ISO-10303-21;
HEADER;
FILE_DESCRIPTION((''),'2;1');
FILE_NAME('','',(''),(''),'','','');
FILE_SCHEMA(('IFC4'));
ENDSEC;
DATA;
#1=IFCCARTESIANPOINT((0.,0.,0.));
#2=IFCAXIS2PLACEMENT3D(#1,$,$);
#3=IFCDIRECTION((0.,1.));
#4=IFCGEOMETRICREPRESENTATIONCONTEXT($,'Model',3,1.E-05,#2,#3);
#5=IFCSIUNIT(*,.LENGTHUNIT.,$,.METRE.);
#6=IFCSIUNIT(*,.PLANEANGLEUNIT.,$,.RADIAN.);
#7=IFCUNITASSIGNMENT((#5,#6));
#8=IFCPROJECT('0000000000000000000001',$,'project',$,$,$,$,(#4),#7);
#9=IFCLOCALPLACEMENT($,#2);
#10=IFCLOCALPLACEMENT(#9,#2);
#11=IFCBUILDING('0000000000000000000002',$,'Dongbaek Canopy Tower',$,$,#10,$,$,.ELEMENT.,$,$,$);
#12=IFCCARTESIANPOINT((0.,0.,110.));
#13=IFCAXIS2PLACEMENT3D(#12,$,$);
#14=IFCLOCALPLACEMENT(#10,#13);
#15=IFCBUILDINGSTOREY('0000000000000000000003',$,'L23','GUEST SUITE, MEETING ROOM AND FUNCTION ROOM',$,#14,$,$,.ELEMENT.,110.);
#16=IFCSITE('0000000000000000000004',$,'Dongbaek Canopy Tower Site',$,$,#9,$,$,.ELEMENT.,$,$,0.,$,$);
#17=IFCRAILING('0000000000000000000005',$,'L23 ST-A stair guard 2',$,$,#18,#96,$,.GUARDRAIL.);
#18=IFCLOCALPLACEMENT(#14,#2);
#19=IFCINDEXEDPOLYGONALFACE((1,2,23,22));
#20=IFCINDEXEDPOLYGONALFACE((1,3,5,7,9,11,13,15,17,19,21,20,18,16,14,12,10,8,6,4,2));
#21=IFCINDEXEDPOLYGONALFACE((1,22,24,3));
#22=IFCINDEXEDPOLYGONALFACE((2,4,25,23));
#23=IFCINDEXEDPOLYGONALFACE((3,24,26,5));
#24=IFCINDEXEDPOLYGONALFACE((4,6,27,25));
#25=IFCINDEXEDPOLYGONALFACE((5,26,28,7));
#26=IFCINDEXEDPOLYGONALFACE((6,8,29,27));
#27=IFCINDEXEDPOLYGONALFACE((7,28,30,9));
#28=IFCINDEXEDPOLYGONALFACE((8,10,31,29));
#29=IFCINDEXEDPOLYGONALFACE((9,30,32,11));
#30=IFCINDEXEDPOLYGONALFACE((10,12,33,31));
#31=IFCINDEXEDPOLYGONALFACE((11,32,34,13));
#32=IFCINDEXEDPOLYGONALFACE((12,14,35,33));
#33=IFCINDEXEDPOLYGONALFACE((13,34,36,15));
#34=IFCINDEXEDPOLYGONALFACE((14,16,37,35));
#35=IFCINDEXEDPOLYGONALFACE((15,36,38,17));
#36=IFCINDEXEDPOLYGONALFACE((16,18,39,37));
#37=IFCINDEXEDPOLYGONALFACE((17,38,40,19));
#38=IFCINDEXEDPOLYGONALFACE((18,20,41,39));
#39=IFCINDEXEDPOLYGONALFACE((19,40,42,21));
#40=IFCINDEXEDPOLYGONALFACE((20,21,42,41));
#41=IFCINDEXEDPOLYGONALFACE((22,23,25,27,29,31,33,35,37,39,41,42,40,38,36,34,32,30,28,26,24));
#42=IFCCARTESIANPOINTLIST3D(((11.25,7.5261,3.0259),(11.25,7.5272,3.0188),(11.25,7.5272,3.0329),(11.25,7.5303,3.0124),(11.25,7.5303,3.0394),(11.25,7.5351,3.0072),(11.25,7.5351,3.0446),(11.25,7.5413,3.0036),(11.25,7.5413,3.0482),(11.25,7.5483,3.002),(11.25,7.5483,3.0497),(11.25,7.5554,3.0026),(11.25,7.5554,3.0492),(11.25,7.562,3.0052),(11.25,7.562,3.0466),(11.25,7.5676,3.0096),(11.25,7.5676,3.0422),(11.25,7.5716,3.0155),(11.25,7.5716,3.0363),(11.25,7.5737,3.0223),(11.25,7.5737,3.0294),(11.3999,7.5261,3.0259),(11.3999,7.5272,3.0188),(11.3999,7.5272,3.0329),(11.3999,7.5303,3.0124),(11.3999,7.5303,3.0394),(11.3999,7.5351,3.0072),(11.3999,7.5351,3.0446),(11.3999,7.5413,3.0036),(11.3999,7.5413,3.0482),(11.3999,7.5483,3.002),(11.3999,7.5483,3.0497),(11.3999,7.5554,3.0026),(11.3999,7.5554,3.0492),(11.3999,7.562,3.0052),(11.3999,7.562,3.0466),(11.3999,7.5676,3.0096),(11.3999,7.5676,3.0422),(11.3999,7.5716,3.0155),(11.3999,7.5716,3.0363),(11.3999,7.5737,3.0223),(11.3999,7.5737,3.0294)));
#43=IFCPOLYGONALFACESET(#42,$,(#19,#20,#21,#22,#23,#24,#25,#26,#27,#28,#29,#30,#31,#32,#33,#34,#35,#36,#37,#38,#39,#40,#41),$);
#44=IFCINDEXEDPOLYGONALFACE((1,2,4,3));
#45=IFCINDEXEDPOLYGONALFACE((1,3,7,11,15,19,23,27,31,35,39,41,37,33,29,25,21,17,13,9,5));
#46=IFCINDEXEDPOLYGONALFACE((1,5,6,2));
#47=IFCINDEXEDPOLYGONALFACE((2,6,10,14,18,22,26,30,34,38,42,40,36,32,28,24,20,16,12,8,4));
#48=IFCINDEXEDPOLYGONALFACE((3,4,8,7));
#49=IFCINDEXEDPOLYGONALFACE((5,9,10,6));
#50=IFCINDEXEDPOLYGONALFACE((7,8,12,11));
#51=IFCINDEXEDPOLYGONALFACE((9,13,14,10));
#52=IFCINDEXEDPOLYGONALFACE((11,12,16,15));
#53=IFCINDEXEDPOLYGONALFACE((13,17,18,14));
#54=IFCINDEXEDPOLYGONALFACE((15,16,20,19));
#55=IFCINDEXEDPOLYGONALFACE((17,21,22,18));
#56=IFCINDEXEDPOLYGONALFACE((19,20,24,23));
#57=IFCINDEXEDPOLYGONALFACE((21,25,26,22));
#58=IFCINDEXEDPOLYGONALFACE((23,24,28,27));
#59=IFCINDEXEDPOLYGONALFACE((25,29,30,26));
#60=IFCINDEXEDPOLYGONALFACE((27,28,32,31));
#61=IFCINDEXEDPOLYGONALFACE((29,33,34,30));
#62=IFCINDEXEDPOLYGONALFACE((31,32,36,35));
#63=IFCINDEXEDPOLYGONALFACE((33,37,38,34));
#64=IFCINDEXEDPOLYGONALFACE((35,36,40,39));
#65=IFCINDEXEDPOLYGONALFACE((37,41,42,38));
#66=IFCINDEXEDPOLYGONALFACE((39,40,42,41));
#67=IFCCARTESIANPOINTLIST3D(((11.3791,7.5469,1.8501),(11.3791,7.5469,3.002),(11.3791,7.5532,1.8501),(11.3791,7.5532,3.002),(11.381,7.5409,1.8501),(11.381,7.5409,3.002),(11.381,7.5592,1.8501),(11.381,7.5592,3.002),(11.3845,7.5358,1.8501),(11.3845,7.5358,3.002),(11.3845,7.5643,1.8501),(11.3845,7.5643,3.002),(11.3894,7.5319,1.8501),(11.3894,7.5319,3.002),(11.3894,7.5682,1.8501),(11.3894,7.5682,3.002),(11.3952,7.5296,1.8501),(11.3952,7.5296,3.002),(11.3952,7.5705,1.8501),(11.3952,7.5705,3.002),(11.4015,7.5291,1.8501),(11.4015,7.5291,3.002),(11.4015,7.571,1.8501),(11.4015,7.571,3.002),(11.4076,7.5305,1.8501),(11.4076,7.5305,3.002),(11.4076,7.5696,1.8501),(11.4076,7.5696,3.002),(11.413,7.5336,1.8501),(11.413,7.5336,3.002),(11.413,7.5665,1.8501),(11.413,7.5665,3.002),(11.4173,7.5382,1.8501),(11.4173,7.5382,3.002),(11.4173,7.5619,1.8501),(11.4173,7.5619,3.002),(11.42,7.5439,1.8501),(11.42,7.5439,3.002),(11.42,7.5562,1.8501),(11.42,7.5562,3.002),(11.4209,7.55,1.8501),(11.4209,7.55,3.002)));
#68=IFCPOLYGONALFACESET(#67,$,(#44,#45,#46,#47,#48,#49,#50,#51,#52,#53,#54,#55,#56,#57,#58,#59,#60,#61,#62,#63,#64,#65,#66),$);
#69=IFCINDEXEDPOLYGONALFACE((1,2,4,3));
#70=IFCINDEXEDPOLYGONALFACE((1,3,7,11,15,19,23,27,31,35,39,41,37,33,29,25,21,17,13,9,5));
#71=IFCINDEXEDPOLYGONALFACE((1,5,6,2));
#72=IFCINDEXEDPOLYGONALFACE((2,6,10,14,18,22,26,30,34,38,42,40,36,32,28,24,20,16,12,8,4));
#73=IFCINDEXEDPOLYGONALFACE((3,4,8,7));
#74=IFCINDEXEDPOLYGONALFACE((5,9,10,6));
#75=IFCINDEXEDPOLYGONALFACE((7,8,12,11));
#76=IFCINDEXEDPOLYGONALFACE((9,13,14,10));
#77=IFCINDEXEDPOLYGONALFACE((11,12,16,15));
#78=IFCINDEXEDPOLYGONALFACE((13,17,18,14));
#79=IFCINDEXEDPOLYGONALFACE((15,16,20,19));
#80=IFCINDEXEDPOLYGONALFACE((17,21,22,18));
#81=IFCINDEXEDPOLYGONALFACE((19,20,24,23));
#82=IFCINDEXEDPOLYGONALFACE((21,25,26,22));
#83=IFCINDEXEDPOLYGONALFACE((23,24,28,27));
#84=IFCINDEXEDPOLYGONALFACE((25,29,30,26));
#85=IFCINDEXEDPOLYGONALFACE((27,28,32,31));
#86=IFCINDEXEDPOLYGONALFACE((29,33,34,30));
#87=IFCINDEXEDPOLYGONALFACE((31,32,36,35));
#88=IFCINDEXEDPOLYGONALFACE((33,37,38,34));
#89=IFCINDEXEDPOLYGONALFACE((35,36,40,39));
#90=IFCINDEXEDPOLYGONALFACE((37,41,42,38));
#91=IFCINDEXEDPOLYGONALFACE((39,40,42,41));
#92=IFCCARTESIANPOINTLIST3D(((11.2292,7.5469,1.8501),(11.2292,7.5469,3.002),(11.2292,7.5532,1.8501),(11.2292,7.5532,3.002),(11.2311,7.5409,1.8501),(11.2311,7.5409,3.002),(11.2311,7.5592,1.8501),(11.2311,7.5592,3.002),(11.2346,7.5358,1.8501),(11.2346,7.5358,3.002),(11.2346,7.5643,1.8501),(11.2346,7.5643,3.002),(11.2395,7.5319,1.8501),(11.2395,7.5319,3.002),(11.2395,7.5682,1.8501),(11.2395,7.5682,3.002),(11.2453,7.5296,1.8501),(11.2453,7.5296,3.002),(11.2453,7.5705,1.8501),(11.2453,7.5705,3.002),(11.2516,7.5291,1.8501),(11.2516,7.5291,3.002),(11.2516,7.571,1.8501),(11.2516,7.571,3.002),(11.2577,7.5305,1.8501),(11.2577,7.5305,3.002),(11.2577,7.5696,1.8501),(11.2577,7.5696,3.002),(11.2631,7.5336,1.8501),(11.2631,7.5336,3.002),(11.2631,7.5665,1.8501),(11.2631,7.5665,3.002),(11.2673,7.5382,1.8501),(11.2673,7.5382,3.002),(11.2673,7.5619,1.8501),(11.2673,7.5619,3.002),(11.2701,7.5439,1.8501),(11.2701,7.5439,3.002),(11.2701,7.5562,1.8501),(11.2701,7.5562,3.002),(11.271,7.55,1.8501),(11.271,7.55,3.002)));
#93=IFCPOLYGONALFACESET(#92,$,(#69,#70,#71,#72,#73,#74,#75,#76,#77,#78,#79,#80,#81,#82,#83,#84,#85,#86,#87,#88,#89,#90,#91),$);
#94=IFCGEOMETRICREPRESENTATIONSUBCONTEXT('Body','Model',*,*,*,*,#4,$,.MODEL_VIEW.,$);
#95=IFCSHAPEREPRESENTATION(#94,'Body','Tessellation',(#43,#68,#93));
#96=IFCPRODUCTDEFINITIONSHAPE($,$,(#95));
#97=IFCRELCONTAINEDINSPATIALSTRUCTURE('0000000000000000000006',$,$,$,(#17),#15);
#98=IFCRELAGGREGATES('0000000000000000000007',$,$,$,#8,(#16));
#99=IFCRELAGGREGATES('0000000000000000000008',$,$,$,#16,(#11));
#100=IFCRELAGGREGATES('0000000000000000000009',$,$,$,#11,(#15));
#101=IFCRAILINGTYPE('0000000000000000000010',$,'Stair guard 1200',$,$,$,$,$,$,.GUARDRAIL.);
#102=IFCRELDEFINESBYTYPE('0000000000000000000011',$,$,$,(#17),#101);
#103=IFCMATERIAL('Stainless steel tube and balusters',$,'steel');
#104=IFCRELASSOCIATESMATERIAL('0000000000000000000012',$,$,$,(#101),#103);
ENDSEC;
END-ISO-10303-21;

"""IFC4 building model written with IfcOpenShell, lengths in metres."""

from ifc_helpers import new_model, si_unit, direction, frame, origin, origin_2d, place, context, subcontext, project, spatial, circle, extrude, material, type_object, element, save


model = new_model("IFC4")

# Units and contexts
model_context = context("Model", 3, precision=1e-05, world=origin(), true_north=direction((0.0, 1.0)))
body_context = subcontext(model_context, "Body", "Model", "MODEL_VIEW")
ifc_project = project(units=[si_unit("LENGTHUNIT", "METRE"), si_unit("PLANEANGLEUNIT", "RADIAN")], contexts=[model_context])

# Site, building, storey
site_placement = place(None, origin())
site = spatial("IfcSite", under=ifc_project, at=site_placement, Name="Dongbaek Canopy Tower Site", CompositionType="ELEMENT", RefElevation=0.0)
building_placement = place(site_placement, origin())
building = spatial("IfcBuilding", under=site, at=building_placement, Name="Dongbaek Canopy Tower", CompositionType="ELEMENT")
storey_placement = place(building_placement, frame((0.0, 0.0, 110.0)))
storey = spatial("IfcBuildingStorey", under=building, at=storey_placement, Name="L23", Description="GUEST SUITE, MEETING ROOM AND FUNCTION ROOM", CompositionType="ELEMENT", Elevation=110.0)

# Railing
ifc_material_1 = material(Name="Stainless steel tube and balusters", Category="steel")
railing_type_1 = type_object("IfcRailingType", Name="Stair guard 1200", PredefinedType="GUARDRAIL", material=ifc_material_1)
railing_1_placement = place(storey_placement, frame((11.3999, 7.55, 1.8501)))
element("IfcRailing", 1, at=railing_1_placement, inside=storey, type_object=railing_type_1, Name="L23 ST-A stair guard 2", PredefinedType="GUARDRAIL", context=body_context, shape_type="SweptSolid", body=[
    extrude(circle(Radius=0.0239, at=origin_2d()), frame((0.0, 0.0, 1.1758), z_axis=(-1.0, 0.0, 0.0), x_axis=(0.0, -1.0, 0.0)), (0.0, 0.0, 1.0), 0.1499),
    extrude(circle(Radius=0.021, at=origin_2d()), origin(), (0.0, 0.0, 1.0), 1.1519),
    extrude(circle(Radius=0.021, at=origin_2d()), frame((-0.1499, 0.0, 0.0)), (0.0, 0.0, 1.0), 1.1519),
])

save(model, "model.ifc")
